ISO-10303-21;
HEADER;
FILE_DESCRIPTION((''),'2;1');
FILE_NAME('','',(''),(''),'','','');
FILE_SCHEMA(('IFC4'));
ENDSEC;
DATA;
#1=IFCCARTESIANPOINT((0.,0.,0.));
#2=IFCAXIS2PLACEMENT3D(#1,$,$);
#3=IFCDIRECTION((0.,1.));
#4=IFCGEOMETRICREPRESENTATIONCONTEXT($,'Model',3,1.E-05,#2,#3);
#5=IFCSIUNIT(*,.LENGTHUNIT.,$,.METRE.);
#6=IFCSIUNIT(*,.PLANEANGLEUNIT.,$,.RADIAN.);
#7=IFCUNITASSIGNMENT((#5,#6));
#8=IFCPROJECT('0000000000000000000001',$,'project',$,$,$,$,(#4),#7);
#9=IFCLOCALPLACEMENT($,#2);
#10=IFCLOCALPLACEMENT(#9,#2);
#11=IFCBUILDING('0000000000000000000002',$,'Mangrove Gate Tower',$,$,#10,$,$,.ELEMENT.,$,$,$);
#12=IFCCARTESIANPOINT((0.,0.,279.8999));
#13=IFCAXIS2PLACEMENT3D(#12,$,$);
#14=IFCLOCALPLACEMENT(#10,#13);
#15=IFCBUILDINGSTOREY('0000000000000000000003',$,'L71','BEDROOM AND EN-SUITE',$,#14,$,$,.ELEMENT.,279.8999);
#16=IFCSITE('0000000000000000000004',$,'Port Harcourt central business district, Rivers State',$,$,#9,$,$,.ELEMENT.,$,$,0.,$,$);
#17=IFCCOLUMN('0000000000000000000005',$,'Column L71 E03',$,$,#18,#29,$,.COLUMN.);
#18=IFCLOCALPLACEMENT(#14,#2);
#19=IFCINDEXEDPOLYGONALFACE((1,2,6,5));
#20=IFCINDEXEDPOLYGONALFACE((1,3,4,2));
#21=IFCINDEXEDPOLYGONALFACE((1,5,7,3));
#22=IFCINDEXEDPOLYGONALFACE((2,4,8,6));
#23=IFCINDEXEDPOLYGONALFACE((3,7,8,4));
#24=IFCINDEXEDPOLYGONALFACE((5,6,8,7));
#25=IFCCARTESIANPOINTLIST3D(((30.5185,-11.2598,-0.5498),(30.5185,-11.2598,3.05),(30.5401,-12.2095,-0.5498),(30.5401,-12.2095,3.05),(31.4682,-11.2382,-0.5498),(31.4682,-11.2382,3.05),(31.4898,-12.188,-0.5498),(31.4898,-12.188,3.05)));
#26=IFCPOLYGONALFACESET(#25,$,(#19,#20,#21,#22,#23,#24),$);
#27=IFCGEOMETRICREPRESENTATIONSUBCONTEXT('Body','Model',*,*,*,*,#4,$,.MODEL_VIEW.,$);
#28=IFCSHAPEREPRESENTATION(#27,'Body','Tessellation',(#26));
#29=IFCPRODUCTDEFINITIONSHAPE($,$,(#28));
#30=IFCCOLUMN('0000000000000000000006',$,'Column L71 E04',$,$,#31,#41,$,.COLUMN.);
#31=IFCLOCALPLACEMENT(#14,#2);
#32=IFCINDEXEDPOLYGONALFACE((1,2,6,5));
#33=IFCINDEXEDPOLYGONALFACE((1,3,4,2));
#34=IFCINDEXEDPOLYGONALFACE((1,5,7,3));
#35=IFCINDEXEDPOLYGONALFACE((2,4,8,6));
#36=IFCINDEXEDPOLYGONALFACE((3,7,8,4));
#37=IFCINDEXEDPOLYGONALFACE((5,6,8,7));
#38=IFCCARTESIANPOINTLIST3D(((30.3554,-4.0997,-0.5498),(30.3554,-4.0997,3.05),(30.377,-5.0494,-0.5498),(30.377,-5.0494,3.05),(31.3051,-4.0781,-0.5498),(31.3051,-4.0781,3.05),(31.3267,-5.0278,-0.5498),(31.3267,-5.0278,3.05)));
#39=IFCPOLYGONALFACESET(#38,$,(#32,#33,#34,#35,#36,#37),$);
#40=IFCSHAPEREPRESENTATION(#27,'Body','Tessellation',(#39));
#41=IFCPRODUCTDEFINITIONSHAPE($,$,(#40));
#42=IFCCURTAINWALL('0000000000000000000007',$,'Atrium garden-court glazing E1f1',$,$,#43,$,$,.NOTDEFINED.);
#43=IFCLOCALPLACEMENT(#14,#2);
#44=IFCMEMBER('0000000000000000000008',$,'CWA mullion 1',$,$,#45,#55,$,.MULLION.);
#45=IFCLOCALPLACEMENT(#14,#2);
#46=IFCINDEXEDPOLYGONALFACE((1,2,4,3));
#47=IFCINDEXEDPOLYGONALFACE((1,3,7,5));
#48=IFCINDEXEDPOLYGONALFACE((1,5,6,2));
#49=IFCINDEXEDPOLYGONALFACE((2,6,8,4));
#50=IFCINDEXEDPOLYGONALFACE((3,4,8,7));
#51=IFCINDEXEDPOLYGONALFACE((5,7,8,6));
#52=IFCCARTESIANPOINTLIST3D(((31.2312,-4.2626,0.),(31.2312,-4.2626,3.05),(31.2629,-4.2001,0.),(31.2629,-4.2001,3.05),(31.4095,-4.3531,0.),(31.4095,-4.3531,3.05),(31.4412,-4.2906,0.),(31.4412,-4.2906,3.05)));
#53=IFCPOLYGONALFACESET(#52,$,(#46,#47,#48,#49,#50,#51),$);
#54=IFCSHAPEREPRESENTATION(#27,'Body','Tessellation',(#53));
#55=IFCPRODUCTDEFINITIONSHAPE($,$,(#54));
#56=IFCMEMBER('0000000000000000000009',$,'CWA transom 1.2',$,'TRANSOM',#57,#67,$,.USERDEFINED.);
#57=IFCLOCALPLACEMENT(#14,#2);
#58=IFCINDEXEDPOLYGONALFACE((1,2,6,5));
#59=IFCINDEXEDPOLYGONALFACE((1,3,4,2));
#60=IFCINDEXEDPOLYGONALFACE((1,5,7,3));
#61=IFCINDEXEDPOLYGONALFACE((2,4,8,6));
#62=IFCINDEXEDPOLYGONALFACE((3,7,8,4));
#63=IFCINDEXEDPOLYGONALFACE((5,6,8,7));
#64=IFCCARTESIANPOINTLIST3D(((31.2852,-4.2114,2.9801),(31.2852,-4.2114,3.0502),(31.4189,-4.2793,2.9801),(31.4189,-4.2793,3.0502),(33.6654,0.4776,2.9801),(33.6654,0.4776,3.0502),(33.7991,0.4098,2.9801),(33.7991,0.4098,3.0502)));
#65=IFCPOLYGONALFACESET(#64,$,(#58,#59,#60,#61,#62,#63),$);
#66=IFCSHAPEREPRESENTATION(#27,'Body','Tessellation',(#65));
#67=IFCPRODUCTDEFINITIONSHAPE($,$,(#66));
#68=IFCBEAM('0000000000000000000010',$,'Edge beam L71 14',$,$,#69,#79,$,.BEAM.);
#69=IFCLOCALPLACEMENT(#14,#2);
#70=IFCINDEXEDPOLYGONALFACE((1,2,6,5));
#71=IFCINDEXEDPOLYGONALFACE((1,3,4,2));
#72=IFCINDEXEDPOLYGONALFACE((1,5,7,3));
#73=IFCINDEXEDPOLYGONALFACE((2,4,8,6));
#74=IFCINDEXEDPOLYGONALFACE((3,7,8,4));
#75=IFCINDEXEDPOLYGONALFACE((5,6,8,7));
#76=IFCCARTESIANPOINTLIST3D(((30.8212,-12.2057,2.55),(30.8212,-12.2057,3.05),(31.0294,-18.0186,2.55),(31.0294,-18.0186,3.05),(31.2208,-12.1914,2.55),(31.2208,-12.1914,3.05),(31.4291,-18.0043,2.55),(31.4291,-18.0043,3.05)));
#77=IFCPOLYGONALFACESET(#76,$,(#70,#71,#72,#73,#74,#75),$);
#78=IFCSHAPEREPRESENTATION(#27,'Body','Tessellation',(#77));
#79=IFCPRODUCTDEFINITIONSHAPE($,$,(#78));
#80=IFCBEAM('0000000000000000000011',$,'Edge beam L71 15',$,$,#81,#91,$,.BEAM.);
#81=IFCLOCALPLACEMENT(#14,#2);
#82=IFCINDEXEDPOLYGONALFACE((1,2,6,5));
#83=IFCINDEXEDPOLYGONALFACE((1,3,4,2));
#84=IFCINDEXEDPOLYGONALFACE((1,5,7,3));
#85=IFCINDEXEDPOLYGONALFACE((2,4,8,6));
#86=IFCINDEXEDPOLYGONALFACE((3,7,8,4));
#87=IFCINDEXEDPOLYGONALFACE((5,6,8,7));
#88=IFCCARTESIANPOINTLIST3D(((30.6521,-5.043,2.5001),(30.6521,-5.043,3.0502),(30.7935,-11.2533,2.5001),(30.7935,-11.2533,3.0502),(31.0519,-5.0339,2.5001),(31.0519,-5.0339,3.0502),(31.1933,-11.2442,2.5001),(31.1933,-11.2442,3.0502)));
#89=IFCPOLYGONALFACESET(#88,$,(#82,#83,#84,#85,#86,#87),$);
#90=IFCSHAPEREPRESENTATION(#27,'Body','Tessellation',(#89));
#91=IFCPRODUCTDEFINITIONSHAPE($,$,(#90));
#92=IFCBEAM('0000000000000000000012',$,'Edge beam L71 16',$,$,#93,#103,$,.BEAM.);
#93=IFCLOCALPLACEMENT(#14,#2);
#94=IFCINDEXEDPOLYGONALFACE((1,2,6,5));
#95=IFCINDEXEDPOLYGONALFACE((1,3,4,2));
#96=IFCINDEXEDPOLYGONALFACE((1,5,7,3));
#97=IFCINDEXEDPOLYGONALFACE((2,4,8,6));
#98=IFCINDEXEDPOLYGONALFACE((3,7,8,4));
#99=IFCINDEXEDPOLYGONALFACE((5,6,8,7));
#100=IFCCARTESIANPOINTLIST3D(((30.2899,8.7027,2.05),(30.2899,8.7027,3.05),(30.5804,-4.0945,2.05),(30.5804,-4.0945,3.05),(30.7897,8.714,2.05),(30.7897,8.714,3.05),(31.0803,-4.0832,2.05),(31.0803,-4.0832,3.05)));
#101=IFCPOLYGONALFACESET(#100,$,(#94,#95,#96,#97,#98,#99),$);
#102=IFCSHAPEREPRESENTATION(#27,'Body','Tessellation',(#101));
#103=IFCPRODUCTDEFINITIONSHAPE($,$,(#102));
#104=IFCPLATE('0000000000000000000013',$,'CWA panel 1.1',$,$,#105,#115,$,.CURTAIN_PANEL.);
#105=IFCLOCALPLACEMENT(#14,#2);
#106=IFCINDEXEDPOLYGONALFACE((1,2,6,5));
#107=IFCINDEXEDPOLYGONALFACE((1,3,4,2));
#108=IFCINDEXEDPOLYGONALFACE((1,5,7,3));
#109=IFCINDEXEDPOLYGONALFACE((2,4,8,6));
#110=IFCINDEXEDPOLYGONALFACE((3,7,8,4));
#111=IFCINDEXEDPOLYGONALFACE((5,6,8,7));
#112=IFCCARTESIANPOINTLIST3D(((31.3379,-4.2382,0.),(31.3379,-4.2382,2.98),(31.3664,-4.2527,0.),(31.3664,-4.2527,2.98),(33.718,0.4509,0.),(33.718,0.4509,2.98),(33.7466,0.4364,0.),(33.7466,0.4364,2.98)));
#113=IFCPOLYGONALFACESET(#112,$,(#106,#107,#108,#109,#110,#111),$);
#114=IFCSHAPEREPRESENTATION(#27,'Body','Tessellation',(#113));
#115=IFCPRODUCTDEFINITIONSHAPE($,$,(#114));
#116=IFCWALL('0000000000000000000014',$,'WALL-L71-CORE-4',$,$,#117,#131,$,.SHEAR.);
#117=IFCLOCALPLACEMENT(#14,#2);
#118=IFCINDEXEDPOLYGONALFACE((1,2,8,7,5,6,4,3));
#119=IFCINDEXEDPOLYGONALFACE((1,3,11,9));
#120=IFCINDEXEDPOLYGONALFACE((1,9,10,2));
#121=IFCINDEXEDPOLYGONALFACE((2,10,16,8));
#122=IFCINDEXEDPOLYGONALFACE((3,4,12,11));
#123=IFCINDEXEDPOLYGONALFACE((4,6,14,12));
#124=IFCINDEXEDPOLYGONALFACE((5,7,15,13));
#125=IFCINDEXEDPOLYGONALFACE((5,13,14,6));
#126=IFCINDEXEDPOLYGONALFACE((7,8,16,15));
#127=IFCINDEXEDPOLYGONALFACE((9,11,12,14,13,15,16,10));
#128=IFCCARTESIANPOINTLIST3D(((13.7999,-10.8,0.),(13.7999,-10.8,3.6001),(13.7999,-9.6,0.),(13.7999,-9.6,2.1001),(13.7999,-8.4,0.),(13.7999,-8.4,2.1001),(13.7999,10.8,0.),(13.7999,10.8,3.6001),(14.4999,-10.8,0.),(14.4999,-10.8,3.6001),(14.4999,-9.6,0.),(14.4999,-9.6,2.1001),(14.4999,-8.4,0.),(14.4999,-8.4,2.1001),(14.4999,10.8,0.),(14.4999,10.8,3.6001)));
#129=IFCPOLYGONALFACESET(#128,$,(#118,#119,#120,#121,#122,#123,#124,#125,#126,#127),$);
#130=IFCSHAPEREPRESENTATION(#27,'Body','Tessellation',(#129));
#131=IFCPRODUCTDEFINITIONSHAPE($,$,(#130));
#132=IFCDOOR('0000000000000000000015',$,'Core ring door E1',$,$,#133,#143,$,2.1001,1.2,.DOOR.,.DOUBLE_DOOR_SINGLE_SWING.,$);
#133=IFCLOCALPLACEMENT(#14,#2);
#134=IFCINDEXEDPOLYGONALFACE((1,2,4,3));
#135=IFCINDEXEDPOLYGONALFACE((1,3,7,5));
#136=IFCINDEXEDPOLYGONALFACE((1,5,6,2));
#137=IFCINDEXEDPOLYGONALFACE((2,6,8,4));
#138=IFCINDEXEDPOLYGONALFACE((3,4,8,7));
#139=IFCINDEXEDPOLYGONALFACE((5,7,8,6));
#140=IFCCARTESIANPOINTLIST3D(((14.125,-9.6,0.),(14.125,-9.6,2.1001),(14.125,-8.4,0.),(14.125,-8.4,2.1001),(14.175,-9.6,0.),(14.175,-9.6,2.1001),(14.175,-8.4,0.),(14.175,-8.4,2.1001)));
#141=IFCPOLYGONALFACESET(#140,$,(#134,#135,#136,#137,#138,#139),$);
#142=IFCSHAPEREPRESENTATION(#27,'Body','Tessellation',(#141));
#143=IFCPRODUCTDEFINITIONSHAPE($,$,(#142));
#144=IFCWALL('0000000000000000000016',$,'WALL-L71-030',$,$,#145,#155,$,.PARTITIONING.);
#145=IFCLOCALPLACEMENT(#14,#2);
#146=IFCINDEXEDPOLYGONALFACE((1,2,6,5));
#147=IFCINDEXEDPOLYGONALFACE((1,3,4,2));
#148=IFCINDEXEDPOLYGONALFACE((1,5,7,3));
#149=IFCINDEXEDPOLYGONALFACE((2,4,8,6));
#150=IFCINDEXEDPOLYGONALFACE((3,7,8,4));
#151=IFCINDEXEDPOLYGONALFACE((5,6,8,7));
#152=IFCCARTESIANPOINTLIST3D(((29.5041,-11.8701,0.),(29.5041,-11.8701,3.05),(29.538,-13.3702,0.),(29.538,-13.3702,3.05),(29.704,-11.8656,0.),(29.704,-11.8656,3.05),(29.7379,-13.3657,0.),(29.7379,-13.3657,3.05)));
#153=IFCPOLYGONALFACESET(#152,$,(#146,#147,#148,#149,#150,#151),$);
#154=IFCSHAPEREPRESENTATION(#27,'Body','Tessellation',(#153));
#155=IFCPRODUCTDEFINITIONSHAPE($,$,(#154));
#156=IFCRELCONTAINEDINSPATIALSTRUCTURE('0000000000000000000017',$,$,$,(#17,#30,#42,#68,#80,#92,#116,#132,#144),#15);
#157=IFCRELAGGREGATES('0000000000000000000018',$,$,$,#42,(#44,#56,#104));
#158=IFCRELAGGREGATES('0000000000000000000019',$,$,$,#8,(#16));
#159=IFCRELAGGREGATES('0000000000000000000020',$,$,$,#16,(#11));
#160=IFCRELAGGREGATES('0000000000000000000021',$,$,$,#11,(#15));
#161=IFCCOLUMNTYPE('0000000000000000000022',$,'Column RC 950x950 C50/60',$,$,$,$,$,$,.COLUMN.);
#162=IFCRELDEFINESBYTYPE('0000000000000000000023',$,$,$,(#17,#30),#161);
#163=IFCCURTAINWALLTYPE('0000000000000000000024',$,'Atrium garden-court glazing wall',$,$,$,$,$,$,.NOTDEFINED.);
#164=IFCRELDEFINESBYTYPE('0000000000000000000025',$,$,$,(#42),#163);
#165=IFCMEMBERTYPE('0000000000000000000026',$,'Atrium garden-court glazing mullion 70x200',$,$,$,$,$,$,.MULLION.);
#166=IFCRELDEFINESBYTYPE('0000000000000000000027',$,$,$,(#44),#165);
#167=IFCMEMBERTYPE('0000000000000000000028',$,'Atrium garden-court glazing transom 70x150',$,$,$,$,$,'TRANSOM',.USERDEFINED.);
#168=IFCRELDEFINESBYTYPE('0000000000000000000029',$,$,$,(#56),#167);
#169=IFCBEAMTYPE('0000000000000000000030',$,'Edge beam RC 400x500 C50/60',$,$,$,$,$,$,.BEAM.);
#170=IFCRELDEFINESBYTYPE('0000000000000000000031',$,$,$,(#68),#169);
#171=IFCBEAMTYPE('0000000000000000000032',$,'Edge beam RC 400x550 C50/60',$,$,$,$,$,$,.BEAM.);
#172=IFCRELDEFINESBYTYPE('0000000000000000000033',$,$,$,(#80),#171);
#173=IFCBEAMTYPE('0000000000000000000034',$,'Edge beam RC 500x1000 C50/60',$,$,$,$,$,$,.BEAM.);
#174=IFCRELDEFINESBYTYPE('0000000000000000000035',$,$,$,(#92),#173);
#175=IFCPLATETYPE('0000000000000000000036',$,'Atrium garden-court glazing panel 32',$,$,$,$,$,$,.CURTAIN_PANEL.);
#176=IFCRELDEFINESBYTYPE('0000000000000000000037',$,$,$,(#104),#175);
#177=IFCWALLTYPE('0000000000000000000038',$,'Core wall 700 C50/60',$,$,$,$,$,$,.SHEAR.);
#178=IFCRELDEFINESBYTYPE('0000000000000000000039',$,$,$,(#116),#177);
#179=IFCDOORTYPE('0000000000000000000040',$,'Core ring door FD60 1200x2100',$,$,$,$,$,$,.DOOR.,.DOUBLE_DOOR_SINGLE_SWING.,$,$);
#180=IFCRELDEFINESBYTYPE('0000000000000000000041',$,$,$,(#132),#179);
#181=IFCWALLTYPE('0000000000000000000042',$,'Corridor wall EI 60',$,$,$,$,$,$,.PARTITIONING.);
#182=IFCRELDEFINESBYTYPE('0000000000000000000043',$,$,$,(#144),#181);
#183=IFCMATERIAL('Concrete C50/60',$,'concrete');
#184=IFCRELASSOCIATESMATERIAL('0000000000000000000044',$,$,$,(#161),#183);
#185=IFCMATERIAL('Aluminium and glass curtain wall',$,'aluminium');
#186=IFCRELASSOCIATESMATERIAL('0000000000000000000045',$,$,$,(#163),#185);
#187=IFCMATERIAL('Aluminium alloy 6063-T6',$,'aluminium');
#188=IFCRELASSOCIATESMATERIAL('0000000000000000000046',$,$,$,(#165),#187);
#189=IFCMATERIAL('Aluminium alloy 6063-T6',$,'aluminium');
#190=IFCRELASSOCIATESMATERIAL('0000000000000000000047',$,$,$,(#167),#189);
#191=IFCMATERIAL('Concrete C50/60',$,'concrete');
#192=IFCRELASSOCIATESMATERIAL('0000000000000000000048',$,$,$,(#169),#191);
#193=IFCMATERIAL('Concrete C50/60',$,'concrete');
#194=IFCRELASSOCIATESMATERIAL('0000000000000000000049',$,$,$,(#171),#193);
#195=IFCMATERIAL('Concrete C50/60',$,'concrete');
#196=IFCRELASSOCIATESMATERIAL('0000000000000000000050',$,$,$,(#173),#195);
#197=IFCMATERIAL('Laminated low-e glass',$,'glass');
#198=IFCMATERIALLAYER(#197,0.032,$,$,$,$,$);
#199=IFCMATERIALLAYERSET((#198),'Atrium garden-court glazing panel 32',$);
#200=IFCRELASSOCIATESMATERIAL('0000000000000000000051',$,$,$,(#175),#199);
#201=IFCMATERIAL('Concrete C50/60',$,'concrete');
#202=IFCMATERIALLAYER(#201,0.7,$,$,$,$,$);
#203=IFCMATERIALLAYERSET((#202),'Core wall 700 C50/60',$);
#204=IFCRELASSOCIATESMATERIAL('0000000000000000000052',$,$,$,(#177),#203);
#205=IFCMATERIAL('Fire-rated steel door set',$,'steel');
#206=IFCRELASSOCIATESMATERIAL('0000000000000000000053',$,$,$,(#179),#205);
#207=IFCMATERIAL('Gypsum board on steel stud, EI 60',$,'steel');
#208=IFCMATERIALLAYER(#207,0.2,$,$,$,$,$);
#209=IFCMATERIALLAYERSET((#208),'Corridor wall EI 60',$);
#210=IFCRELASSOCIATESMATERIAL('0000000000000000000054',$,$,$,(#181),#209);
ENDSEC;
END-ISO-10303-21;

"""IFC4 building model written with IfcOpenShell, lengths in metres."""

from ifc_helpers import new_model, si_unit, direction, frame, frame_2d, origin, origin_2d, place, context, subcontext, project, spatial, rectangle, extrude, material, layer, layer_set, material_profile, profile_set, type_object, element, fill, aggregate, save


model = new_model("IFC4")

# Units and contexts
model_context = context("Model", 3, precision=1e-05, world=origin(), true_north=direction((0.0, 1.0)))
body_context = subcontext(model_context, "Body", "Model", "MODEL_VIEW")
ifc_project = project(units=[si_unit("LENGTHUNIT", "METRE"), si_unit("PLANEANGLEUNIT", "RADIAN")], contexts=[model_context])

# Site, building, storey
site_placement = place(None, origin())
site = spatial("IfcSite", under=ifc_project, at=site_placement, Name="Port Harcourt central business district, Rivers State", CompositionType="ELEMENT", RefElevation=0.0)
building_placement = place(site_placement, origin())
building = spatial("IfcBuilding", under=site, at=building_placement, Name="Mangrove Gate Tower", CompositionType="ELEMENT")
storey_placement = place(building_placement, frame((0.0, 0.0, 279.8999)))
storey = spatial("IfcBuildingStorey", under=building, at=storey_placement, Name="L71", Description="BEDROOM AND EN-SUITE", CompositionType="ELEMENT", Elevation=279.8999)

# Columns
ifc_material_1 = material(Name="Concrete C50/60", Category="concrete")
ifc_material_profile_1 = material_profile(ifc_material_1, rectangle(XDim=0.95, YDim=0.95, at=origin_2d()))
ifc_profile_set_1 = profile_set([ifc_material_profile_1], Name="Concrete C50/60")
column_type = type_object("IfcColumnType", Name="Column RC 950x950 C50/60", PredefinedType="COLUMN", material=ifc_profile_set_1)
for number, where, z_axis, x_axis, name in (
    (1, (31.0042, -11.7239, -0.5498), (0.0, 0.0, 1.0), (-0.022688, 0.999743, 0.0), "Column L71 E03"),
    (2, (30.8411, -4.5637, -0.5498), (0.0, 0.0, 1.0), (-0.022714, 0.999742, 0.0), "Column L71 E04"),
):
    element("IfcColumn", number, at=place(storey_placement, frame(where, z_axis=z_axis, x_axis=x_axis)), inside=storey, type_object=column_type, Name=name, PredefinedType="COLUMN", context=body_context, shape_type="SweptSolid", body=[
        extrude(rectangle(XDim=0.95, YDim=0.95, at=origin_2d()), origin(), (0.0, 0.0, 1.0), 3.5999),
    ])

# Curtain wall, members
ifc_material_2 = material(Name="Aluminium and glass curtain wall", Category="aluminium")
curtain_wall_type = type_object("IfcCurtainWallType", Name="Atrium garden-court glazing wall", PredefinedType="NOTDEFINED", material=ifc_material_2)
curtain_wall_placement = place(storey_placement, origin())
curtain_wall = element("IfcCurtainWall", 3, at=curtain_wall_placement, inside=storey, type_object=curtain_wall_type, Name="Atrium garden-court glazing E1f1", PredefinedType="NOTDEFINED")
ifc_material_3 = material(Name="Aluminium alloy 6063-T6", Category="aluminium")
ifc_material_profile_2 = material_profile(ifc_material_3, rectangle(XDim=0.0701, YDim=0.2, at=origin_2d()))
ifc_profile_set_2 = profile_set([ifc_material_profile_2], Name="Aluminium alloy 6063-T6")
member_type_1 = type_object("IfcMemberType", Name="Atrium garden-court glazing mullion 70x200", PredefinedType="MULLION", material=ifc_profile_set_2)
member_1_placement = place(storey_placement, frame((31.3362, -4.2766, 0.0), z_axis=(0.0, 0.0, 1.0), x_axis=(0.452617, 0.891705, 0.0)))
member_1 = element("IfcMember", 4, at=member_1_placement, type_object=member_type_1, Name="CWA mullion 1", PredefinedType="MULLION", context=body_context, shape_type="SweptSolid", body=[
    extrude(rectangle(XDim=0.0701, YDim=0.2, at=origin_2d()), origin(), (0.0, 0.0, 1.0), 3.05),
])
ifc_material_4 = material(Name="Aluminium alloy 6063-T6", Category="aluminium")
ifc_material_profile_3 = material_profile(ifc_material_4, rectangle(XDim=0.0701, YDim=0.1499, at=origin_2d()))
ifc_profile_set_3 = profile_set([ifc_material_profile_3], Name="Aluminium alloy 6063-T6")
member_type_2 = type_object("IfcMemberType", Name="Atrium garden-court glazing transom 70x150", ElementType="TRANSOM", PredefinedType="USERDEFINED", material=ifc_profile_set_3)
member_2_placement = place(storey_placement, frame((31.3521, -4.2454, 3.0151), z_axis=(0.452628, 0.891699, 0.0), x_axis=(0.0, 0.0, 1.0)))
member_2 = element("IfcMember", 5, at=member_2_placement, type_object=member_type_2, Name="CWA transom 1.2", ObjectType="TRANSOM", PredefinedType="USERDEFINED", context=body_context, shape_type="SweptSolid", body=[
    extrude(rectangle(XDim=0.0701, YDim=0.1499, at=origin_2d()), origin(), (0.0, 0.0, 1.0), 5.2585),
])

# Beams
ifc_material_5 = material(Name="Concrete C50/60", Category="concrete")
ifc_material_profile_4 = material_profile(ifc_material_5, rectangle(XDim=0.3999, YDim=0.5, at=origin_2d()))
ifc_profile_set_4 = profile_set([ifc_material_profile_4], Name="Concrete C50/60")
beam_type_1 = type_object("IfcBeamType", Name="Edge beam RC 400x500 C50/60", PredefinedType="BEAM", material=ifc_profile_set_4)
beam_1_placement = place(storey_placement, frame((31.2292, -18.0115, 2.8), z_axis=(-0.035802, 0.999359, 0.0), x_axis=(-0.999359, -0.035802, 0.0)))
element("IfcBeam", 6, at=beam_1_placement, inside=storey, type_object=beam_type_1, Name="Edge beam L71 14", PredefinedType="BEAM", context=body_context, shape_type="SweptSolid", body=[
    extrude(rectangle(XDim=0.3999, YDim=0.5, at=origin_2d()), origin(), (0.0, 0.0, 1.0), 5.8167),
])
ifc_material_6 = material(Name="Concrete C50/60", Category="concrete")
ifc_material_profile_5 = material_profile(ifc_material_6, rectangle(XDim=0.3999, YDim=0.55, at=origin_2d()))
ifc_profile_set_5 = profile_set([ifc_material_profile_5], Name="Concrete C50/60")
beam_type_2 = type_object("IfcBeamType", Name="Edge beam RC 400x550 C50/60", PredefinedType="BEAM", material=ifc_profile_set_5)
beam_2_placement = place(storey_placement, frame((30.9934, -11.2488, 2.7751), z_axis=(-0.022756, 0.999741, 0.0), x_axis=(-0.999741, -0.022756, 0.0)))
element("IfcBeam", 7, at=beam_2_placement, inside=storey, type_object=beam_type_2, Name="Edge beam L71 15", PredefinedType="BEAM", context=body_context, shape_type="SweptSolid", body=[
    extrude(rectangle(XDim=0.3999, YDim=0.55, at=origin_2d()), origin(), (0.0, 0.0, 1.0), 6.2119),
])
ifc_material_7 = material(Name="Concrete C50/60", Category="concrete")
ifc_material_profile_6 = material_profile(ifc_material_7, rectangle(XDim=0.5, YDim=1.0, at=origin_2d()))
ifc_profile_set_6 = profile_set([ifc_material_profile_6], Name="Concrete C50/60")
beam_type_3 = type_object("IfcBeamType", Name="Edge beam RC 500x1000 C50/60", PredefinedType="BEAM", material=ifc_profile_set_6)
beam_3_placement = place(storey_placement, frame((30.8303, -4.0889, 2.55), z_axis=(-0.022697, 0.999742, 0.0), x_axis=(-0.999742, -0.022697, 0.0)))
element("IfcBeam", 8, at=beam_3_placement, inside=storey, type_object=beam_type_3, Name="Edge beam L71 16", PredefinedType="BEAM", context=body_context, shape_type="SweptSolid", body=[
    extrude(rectangle(XDim=0.5, YDim=1.0, at=origin_2d()), origin(), (0.0, 0.0, 1.0), 12.8005),
])

# Plate
ifc_material_8 = material(Name="Laminated low-e glass", Category="glass")
ifc_layer_1 = layer(ifc_material_8, 0.032)
ifc_layer_set_1 = layer_set([ifc_layer_1], Name="Atrium garden-court glazing panel 32")
plate_type = type_object("IfcPlateType", Name="Atrium garden-court glazing panel 32", PredefinedType="CURTAIN_PANEL", material=ifc_layer_set_1)
plate_placement = place(storey_placement, frame((32.5422, -1.9009, 0.0), z_axis=(0.0, 0.0, 1.0), x_axis=(0.452617, 0.891705, 0.0)))
plate = element("IfcPlate", 9, at=plate_placement, type_object=plate_type, Name="CWA panel 1.1", PredefinedType="CURTAIN_PANEL", context=body_context, shape_type="SweptSolid", body=[
    extrude(rectangle(XDim=5.2585, YDim=0.032, at=origin_2d()), origin(), (0.0, 0.0, 1.0), 2.98),
])
aggregate(curtain_wall, [member_1, member_2, plate])

# Wall, opening, door
ifc_material_9 = material(Name="Concrete C50/60", Category="concrete")
ifc_layer_2 = layer(ifc_material_9, 0.7)
ifc_layer_set_2 = layer_set([ifc_layer_2], Name="Core wall 700 C50/60")
wall_type_1 = type_object("IfcWallType", Name="Core wall 700 C50/60", PredefinedType="SHEAR", material=ifc_layer_set_2)
wall_1_placement = place(storey_placement, frame((14.1499, -10.8, 0.0), z_axis=(0.0, 0.0, 1.0), x_axis=(0.0, 1.0, 0.0)))
wall_1 = element("IfcWall", 10, at=wall_1_placement, inside=storey, type_object=wall_type_1, Name="WALL-L71-CORE-4", PredefinedType="SHEAR", context=body_context, shape_type="SweptSolid", body=[
    extrude(rectangle(XDim=21.6001, YDim=0.7, at=frame_2d((10.8, 0.0))), origin(), (0.0, 0.0, 1.0), 3.6001),
])
opening_1_placement = place(wall_1_placement, frame((1.2, 0.0, 0.0)))
opening_1 = element("IfcOpeningElement", 11, at=opening_1_placement, cuts=wall_1, PredefinedType="OPENING", context=body_context, shape_type="SweptSolid", body=[
    extrude(rectangle(XDim=1.2, YDim=2.1001, at=frame_2d((0.6001, 1.05))), frame((0.0, 0.3599, 0.0), z_axis=(0.0, -1.0, 0.0), x_axis=(1.0, 0.0, 0.0)), (0.0, 0.0, 1.0), 0.72),
])
ifc_material_10 = material(Name="Fire-rated steel door set", Category="steel")
door_type_1 = type_object("IfcDoorType", Name="Core ring door FD60 1200x2100", OperationType="DOUBLE_DOOR_SINGLE_SWING", PredefinedType="DOOR", material=ifc_material_10)
door_1_placement = place(opening_1_placement, origin())
door_1 = element("IfcDoor", 12, at=door_1_placement, inside=storey, type_object=door_type_1, Name="Core ring door E1", OperationType="DOUBLE_DOOR_SINGLE_SWING", OverallHeight=2.1001, OverallWidth=1.2, PredefinedType="DOOR", context=body_context, shape_type="SweptSolid", body=[
    extrude(rectangle(XDim=1.2, YDim=2.1001, at=frame_2d((0.6001, 1.05))), frame((0.0, 0.0249, 0.0), z_axis=(0.0, -1.0, 0.0), x_axis=(1.0, 0.0, 0.0)), (0.0, 0.0, 1.0), 0.05),
])
fill(opening_1, door_1)

# Wall
ifc_material_11 = material(Name="Gypsum board on steel stud, EI 60", Category="steel")
ifc_layer_3 = layer(ifc_material_11, 0.2)
ifc_layer_set_3 = layer_set([ifc_layer_3], Name="Corridor wall EI 60")
wall_type_2 = type_object("IfcWallType", Name="Corridor wall EI 60", PredefinedType="PARTITIONING", material=ifc_layer_set_3)
wall_2_placement = place(storey_placement, frame((29.6379, -13.3679, 0.0), z_axis=(0.0, 0.0, 1.0), x_axis=(-0.022618, 0.999744, 0.0)))
element("IfcWall", 13, at=wall_2_placement, inside=storey, type_object=wall_type_2, Name="WALL-L71-030", PredefinedType="PARTITIONING", context=body_context, shape_type="SweptSolid", body=[
    extrude(rectangle(XDim=1.5005, YDim=0.2, at=frame_2d((0.7502, 0.0))), origin(), (0.0, 0.0, 1.0), 3.05),
])

save(model, "model.ifc")
